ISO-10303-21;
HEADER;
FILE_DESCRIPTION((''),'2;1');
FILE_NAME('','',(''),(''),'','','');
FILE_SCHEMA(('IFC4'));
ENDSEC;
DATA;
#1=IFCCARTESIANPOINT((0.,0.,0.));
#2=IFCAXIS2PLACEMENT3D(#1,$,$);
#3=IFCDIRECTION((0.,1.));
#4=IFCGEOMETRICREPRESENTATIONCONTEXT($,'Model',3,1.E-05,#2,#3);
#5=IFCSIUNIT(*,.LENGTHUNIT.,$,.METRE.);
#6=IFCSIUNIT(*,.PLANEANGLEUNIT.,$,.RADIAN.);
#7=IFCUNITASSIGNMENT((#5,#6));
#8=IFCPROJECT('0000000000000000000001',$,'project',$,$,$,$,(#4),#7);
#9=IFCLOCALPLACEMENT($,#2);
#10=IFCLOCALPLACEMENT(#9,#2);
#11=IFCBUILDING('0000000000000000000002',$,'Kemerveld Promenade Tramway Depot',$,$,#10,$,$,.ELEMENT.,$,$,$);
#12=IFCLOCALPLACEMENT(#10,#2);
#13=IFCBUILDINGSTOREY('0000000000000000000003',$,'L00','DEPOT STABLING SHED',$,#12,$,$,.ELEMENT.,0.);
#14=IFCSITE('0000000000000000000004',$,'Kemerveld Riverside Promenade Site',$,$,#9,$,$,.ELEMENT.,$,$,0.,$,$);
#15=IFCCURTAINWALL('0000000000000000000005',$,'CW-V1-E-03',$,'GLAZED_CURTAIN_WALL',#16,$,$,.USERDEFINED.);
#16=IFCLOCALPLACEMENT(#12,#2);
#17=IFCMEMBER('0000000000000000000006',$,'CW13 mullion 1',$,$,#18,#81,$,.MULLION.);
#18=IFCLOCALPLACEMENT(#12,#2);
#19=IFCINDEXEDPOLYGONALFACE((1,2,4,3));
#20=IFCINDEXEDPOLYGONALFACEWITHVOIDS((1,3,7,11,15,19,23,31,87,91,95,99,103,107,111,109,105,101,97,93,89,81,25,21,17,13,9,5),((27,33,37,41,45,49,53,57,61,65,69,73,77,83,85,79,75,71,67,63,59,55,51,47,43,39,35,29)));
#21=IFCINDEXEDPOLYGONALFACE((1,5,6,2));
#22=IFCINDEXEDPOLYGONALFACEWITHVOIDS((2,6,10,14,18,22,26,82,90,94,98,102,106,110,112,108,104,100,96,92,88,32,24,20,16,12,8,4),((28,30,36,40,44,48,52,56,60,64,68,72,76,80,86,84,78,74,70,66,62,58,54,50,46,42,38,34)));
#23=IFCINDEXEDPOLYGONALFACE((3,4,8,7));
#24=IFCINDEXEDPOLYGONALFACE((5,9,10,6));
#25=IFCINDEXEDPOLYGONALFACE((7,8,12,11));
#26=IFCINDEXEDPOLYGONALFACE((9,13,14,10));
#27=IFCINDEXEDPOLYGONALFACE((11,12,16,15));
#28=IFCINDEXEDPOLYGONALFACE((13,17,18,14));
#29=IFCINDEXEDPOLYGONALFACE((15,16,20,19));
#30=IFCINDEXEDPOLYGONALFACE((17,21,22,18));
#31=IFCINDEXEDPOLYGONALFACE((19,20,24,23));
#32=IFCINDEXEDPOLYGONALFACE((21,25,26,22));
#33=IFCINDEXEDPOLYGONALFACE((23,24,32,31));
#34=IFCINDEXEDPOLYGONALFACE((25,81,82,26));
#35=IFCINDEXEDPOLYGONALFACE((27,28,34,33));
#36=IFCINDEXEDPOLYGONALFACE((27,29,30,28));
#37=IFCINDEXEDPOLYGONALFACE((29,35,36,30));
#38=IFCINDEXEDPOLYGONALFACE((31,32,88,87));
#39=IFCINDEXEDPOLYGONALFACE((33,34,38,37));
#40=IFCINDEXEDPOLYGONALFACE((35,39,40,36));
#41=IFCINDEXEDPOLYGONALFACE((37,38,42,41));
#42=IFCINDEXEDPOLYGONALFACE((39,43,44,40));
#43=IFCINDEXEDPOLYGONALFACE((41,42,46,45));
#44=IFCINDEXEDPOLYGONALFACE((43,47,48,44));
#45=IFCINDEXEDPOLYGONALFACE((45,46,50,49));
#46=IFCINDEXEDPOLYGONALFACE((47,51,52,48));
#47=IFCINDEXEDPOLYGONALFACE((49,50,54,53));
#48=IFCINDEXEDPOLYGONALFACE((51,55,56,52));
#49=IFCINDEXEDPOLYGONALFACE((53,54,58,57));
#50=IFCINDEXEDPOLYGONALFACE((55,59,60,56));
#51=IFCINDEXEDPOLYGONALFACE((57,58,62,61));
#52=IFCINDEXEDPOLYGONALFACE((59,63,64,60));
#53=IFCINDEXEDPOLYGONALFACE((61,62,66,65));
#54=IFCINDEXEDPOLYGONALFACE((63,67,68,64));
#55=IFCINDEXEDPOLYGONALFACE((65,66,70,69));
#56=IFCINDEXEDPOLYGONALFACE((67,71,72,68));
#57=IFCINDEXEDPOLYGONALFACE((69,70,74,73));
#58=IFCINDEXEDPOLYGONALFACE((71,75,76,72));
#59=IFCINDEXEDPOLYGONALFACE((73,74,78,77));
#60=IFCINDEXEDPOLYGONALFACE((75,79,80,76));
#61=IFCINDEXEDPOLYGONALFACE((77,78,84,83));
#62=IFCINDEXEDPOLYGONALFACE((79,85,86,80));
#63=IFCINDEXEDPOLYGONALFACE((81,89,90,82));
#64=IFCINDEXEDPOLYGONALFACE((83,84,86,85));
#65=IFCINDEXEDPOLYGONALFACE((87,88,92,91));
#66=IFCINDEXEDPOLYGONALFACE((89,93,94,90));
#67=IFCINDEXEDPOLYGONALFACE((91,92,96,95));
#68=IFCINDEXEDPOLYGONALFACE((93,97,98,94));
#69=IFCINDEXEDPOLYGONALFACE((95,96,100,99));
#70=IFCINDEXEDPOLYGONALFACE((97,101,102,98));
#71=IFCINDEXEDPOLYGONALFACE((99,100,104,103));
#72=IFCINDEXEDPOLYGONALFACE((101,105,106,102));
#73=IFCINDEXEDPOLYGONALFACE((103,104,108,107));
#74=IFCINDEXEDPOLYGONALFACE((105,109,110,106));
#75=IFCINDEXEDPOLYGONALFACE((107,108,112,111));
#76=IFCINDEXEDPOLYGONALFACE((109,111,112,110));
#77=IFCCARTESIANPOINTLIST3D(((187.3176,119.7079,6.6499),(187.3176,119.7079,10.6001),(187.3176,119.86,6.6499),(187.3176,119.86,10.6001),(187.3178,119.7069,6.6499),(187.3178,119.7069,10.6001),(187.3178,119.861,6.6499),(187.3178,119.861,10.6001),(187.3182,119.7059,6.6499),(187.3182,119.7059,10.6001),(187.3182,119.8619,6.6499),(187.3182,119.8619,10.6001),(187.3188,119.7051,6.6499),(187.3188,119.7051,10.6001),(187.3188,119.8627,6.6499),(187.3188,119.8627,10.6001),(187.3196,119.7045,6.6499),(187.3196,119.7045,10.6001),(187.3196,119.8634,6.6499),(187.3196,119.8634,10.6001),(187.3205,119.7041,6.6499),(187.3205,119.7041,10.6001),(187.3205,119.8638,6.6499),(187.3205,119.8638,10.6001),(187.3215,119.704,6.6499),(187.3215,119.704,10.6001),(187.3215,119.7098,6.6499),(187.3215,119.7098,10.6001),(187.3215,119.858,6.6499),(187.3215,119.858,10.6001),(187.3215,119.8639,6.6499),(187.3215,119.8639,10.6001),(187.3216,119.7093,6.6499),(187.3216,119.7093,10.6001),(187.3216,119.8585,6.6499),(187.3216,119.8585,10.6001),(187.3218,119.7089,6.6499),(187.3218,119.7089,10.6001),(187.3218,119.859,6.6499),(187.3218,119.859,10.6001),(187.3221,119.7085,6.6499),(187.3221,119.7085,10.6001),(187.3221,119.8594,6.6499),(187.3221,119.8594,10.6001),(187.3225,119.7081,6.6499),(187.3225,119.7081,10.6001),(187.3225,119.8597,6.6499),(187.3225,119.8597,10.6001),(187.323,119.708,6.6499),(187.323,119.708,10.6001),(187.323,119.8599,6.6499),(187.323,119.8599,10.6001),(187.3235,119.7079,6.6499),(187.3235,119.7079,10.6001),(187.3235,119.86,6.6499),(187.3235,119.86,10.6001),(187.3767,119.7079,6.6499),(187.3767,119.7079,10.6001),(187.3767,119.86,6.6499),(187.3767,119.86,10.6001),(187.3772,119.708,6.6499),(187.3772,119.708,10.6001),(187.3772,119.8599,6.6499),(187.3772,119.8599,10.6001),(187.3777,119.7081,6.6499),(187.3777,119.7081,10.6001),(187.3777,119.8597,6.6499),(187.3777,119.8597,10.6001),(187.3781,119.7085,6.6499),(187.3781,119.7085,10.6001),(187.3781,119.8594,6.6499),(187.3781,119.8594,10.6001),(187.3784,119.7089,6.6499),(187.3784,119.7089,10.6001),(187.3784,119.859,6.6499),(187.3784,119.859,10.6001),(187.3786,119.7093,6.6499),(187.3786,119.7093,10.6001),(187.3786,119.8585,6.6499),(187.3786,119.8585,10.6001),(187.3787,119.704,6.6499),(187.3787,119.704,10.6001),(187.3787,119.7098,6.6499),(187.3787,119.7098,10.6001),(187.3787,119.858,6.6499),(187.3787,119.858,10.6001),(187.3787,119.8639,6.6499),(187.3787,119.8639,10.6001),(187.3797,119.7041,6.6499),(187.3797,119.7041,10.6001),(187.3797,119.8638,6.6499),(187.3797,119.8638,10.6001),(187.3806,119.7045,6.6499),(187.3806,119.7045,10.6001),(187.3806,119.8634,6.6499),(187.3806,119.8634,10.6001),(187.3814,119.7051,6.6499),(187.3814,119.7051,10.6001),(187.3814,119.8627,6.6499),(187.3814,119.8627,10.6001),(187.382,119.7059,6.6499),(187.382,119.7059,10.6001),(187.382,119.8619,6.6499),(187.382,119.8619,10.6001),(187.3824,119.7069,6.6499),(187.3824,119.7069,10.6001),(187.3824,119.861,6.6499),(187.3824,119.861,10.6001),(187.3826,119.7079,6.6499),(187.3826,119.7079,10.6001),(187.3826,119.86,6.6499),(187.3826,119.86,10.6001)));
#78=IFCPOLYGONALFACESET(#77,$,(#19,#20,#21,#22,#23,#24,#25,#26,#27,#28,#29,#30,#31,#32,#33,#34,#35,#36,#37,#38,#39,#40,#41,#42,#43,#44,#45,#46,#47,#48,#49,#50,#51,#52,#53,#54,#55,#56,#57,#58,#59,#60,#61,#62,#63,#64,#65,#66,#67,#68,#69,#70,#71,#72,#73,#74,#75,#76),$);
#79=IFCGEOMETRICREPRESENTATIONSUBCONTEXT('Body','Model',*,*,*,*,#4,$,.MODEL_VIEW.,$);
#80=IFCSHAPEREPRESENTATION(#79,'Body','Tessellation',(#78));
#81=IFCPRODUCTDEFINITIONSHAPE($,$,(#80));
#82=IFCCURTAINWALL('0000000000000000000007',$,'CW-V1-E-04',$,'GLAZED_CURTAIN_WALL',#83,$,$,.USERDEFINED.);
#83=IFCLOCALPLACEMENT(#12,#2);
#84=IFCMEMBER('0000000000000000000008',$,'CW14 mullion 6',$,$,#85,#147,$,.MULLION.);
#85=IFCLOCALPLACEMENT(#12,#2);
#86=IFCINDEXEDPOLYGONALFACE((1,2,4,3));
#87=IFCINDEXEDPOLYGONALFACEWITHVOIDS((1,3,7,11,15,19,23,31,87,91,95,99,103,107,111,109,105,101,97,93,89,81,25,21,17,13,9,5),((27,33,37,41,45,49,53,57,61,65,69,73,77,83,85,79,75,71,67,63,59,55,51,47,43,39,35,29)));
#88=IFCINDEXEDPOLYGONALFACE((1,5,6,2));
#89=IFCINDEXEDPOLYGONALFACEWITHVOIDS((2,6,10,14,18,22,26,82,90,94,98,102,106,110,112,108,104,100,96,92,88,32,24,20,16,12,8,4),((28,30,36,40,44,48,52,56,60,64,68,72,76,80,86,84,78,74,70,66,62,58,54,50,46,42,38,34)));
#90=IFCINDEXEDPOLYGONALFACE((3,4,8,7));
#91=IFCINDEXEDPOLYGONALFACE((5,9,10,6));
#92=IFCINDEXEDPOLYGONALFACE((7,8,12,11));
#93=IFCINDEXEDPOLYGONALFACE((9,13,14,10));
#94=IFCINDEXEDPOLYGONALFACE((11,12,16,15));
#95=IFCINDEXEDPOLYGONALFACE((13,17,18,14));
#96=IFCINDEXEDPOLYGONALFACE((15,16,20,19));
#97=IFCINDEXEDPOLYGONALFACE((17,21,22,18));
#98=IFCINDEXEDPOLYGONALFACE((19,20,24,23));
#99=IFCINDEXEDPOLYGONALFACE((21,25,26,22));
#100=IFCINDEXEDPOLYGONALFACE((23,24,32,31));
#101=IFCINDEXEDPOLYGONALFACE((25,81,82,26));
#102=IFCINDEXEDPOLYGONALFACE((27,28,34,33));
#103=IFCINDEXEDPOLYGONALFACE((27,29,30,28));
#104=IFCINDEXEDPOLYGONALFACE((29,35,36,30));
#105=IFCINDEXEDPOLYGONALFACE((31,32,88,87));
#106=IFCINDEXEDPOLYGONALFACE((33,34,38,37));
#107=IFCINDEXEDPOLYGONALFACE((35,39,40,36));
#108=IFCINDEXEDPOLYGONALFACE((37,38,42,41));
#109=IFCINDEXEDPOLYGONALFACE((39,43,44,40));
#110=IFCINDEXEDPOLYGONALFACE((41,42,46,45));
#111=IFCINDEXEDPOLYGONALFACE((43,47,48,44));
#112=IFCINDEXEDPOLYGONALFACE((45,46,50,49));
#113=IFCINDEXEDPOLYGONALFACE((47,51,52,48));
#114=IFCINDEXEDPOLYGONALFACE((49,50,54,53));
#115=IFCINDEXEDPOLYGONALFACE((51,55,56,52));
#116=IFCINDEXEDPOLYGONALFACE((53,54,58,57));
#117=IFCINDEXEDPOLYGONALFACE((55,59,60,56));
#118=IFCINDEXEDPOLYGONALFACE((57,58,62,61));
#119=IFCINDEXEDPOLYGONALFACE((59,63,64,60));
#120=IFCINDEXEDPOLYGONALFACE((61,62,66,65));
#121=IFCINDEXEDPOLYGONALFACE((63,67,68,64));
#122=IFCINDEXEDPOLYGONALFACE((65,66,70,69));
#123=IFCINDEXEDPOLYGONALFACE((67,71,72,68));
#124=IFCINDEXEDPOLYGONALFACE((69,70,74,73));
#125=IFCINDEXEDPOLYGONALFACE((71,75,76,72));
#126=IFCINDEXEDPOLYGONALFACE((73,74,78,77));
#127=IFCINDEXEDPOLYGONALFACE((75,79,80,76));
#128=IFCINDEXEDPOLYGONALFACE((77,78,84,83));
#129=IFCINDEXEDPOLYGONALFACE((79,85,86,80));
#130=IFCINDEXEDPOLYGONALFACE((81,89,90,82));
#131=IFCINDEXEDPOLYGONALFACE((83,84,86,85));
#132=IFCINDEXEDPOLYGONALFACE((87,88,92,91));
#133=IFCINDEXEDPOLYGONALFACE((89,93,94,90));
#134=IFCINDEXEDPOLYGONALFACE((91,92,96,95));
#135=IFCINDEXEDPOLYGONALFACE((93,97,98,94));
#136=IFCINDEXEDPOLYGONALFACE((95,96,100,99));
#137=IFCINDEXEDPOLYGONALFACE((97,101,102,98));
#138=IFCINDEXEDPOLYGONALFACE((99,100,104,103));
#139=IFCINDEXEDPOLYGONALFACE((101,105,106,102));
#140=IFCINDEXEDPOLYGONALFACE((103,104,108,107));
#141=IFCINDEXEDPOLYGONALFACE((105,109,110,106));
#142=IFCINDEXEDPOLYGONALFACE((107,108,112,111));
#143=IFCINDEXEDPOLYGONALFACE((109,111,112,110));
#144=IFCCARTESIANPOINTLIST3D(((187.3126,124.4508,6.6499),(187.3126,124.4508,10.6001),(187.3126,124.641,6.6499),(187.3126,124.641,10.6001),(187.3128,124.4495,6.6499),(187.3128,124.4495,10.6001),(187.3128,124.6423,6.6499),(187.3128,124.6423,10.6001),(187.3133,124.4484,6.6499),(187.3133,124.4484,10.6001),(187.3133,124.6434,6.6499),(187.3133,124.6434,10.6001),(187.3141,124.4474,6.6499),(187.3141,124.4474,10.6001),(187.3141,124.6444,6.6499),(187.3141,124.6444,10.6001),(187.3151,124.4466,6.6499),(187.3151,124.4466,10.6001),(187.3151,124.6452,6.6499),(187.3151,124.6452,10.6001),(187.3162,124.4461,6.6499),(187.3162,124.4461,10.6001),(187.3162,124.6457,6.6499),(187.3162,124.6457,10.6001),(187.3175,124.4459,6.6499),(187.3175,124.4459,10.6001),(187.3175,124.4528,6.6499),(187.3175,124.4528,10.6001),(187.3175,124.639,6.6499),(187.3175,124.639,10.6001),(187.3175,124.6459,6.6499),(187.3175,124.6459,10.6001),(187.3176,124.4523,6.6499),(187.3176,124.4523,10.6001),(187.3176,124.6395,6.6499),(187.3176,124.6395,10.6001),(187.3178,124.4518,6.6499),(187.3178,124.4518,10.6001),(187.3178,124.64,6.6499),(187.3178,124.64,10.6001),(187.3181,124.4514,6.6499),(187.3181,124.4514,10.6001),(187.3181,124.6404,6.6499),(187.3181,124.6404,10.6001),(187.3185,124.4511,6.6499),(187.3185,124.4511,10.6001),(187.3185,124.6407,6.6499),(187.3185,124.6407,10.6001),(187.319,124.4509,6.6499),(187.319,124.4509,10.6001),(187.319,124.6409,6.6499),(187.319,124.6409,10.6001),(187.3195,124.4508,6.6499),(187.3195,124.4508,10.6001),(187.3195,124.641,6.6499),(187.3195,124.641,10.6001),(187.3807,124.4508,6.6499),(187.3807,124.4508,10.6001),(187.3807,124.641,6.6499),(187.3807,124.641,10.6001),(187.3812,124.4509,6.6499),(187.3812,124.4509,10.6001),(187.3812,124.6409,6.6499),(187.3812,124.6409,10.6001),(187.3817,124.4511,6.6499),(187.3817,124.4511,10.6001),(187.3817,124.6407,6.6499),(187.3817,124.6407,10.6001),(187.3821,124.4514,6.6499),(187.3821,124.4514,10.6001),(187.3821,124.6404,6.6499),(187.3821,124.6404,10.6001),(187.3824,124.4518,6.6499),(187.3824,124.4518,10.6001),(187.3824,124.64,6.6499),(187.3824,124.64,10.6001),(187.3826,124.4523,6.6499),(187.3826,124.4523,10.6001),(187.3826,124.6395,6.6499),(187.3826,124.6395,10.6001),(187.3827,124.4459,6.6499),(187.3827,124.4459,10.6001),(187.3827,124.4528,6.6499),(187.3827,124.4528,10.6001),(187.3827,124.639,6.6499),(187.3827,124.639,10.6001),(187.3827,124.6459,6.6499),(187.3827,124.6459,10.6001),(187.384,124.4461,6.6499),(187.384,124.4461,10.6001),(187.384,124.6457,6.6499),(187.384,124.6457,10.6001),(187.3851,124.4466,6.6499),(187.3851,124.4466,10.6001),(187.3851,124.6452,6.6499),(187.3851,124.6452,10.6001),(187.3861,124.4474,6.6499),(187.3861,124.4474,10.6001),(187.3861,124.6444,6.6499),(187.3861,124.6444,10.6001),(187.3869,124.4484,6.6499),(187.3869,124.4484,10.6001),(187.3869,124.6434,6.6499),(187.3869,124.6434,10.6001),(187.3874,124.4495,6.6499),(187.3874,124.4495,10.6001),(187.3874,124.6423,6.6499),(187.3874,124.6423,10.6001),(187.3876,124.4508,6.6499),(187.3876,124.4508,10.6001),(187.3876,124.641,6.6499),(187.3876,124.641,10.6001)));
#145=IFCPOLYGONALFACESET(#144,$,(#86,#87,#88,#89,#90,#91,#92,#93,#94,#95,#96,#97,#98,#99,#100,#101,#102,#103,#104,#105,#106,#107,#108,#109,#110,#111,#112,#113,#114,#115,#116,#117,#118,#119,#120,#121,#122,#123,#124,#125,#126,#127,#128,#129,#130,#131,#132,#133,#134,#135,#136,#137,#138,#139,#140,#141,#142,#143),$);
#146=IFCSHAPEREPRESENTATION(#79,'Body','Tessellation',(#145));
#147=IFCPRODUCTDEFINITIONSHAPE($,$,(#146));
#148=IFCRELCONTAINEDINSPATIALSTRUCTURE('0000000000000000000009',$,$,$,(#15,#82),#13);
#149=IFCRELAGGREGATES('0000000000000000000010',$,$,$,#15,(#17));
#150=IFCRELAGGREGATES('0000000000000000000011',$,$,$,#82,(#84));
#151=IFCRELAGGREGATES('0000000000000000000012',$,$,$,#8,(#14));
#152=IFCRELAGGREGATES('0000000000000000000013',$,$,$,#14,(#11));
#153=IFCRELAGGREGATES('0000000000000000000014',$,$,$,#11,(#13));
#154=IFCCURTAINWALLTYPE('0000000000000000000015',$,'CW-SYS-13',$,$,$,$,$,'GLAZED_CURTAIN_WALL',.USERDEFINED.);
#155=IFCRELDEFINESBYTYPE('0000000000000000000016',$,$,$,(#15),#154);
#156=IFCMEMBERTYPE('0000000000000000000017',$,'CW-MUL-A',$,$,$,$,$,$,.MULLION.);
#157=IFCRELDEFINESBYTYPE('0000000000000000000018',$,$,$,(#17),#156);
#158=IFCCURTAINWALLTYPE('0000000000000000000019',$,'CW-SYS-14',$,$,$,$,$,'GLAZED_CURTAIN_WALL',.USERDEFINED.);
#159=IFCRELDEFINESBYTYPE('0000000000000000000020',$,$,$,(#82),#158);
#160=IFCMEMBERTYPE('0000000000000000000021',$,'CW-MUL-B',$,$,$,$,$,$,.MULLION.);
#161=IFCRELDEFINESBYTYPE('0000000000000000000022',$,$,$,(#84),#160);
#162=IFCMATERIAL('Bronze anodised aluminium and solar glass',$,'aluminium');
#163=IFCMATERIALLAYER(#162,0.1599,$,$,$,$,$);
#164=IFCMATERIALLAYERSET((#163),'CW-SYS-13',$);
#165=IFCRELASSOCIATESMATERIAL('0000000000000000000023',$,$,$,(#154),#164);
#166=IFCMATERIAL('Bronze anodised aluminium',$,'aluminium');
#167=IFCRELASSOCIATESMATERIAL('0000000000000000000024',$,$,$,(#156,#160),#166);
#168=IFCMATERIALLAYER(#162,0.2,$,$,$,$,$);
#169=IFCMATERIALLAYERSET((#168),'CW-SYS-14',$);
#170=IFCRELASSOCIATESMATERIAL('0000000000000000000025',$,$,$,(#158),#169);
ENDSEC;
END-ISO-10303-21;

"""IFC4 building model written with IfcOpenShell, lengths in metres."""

from ifc_helpers import new_model, si_unit, direction, frame, origin, origin_2d, place, context, subcontext, project, spatial, hollow_rectangle, extrude, material, layer, layer_set, material_profile, profile_set, type_object, element, aggregate, save


model = new_model("IFC4")

# Units and contexts
model_context = context("Model", 3, precision=1e-05, world=origin(), true_north=direction((0.0, 1.0)))
body_context = subcontext(model_context, "Body", "Model", "MODEL_VIEW")
ifc_project = project(units=[si_unit("LENGTHUNIT", "METRE"), si_unit("PLANEANGLEUNIT", "RADIAN")], contexts=[model_context])

# Site, building, storey
site_placement = place(None, origin())
site = spatial("IfcSite", under=ifc_project, at=site_placement, Name="Kemerveld Riverside Promenade Site", CompositionType="ELEMENT", RefElevation=0.0)
building_placement = place(site_placement, origin())
building = spatial("IfcBuilding", under=site, at=building_placement, Name="Kemerveld Promenade Tramway Depot", CompositionType="ELEMENT")
storey_placement = place(building_placement, origin())
storey = spatial("IfcBuildingStorey", under=building, at=storey_placement, Name="L00", Description="DEPOT STABLING SHED", CompositionType="ELEMENT", Elevation=0.0)

# Curtain wall, member
ifc_material_1 = material(Name="Bronze anodised aluminium and solar glass", Category="aluminium")
ifc_layer_1 = layer(ifc_material_1, 0.1599)
ifc_layer_set_1 = layer_set([ifc_layer_1], Name="CW-SYS-13")
curtain_wall_type_1 = type_object("IfcCurtainWallType", Name="CW-SYS-13", ElementType="GLAZED_CURTAIN_WALL", PredefinedType="USERDEFINED", material=ifc_layer_set_1)
curtain_wall_1_placement = place(storey_placement, origin())
curtain_wall_1 = element("IfcCurtainWall", 1, at=curtain_wall_1_placement, inside=storey, type_object=curtain_wall_type_1, Name="CW-V1-E-03", ObjectType="GLAZED_CURTAIN_WALL", PredefinedType="USERDEFINED")
ifc_material_2 = material(Name="Bronze anodised aluminium", Category="aluminium")
ifc_material_profile_1 = material_profile(ifc_material_2, hollow_rectangle(XDim=0.0649, YDim=0.1599, WallThickness=0.0039, InnerFilletRadius=0.002, OuterFilletRadius=0.0039, at=origin_2d()), Name="CW-MUL-160x65")
ifc_profile_set_1 = profile_set([ifc_material_profile_1], Name="Bronze anodised aluminium")
member_type_1 = type_object("IfcMemberType", Name="CW-MUL-A", PredefinedType="MULLION", material=ifc_profile_set_1)
member_1_placement = place(storey_placement, frame((187.3501, 119.7839, 6.6499), z_axis=(0.0, 0.0, 1.0), x_axis=(1.0, 0.0, 0.0)))
member_1 = element("IfcMember", 2, at=member_1_placement, type_object=member_type_1, Name="CW13 mullion 1", PredefinedType="MULLION", context=body_context, shape_type="SweptSolid", body=[
    extrude(hollow_rectangle(XDim=0.0649, YDim=0.1599, WallThickness=0.0039, InnerFilletRadius=0.002, OuterFilletRadius=0.0039, at=origin_2d()), origin(), (0.0, 0.0, 1.0), 3.9502),
])

# Curtain wall, member
ifc_layer_2 = layer(ifc_material_1, 0.2)
ifc_layer_set_2 = layer_set([ifc_layer_2], Name="CW-SYS-14")
curtain_wall_type_2 = type_object("IfcCurtainWallType", Name="CW-SYS-14", ElementType="GLAZED_CURTAIN_WALL", PredefinedType="USERDEFINED", material=ifc_layer_set_2)
curtain_wall_2_placement = place(storey_placement, origin())
curtain_wall_2 = element("IfcCurtainWall", 3, at=curtain_wall_2_placement, inside=storey, type_object=curtain_wall_type_2, Name="CW-V1-E-04", ObjectType="GLAZED_CURTAIN_WALL", PredefinedType="USERDEFINED")
ifc_material_profile_2 = material_profile(ifc_material_2, hollow_rectangle(XDim=0.075, YDim=0.2, WallThickness=0.0049, InnerFilletRadius=0.002, OuterFilletRadius=0.0049, at=origin_2d()), Name="CW-MUL-200x75")
ifc_profile_set_2 = profile_set([ifc_material_profile_2], Name="Bronze anodised aluminium")
member_type_2 = type_object("IfcMemberType", Name="CW-MUL-B", PredefinedType="MULLION", material=ifc_profile_set_2)
member_2_placement = place(storey_placement, frame((187.3501, 124.5459, 6.6499), z_axis=(0.0, 0.0, 1.0), x_axis=(1.0, 0.0, 0.0)))
member_2 = element("IfcMember", 4, at=member_2_placement, type_object=member_type_2, Name="CW14 mullion 6", PredefinedType="MULLION", context=body_context, shape_type="SweptSolid", body=[
    extrude(hollow_rectangle(XDim=0.075, YDim=0.2, WallThickness=0.0049, InnerFilletRadius=0.002, OuterFilletRadius=0.0049, at=origin_2d()), origin(), (0.0, 0.0, 1.0), 3.9502),
])

aggregate(curtain_wall_1, [member_1])

aggregate(curtain_wall_2, [member_2])

save(model, "model.ifc")
